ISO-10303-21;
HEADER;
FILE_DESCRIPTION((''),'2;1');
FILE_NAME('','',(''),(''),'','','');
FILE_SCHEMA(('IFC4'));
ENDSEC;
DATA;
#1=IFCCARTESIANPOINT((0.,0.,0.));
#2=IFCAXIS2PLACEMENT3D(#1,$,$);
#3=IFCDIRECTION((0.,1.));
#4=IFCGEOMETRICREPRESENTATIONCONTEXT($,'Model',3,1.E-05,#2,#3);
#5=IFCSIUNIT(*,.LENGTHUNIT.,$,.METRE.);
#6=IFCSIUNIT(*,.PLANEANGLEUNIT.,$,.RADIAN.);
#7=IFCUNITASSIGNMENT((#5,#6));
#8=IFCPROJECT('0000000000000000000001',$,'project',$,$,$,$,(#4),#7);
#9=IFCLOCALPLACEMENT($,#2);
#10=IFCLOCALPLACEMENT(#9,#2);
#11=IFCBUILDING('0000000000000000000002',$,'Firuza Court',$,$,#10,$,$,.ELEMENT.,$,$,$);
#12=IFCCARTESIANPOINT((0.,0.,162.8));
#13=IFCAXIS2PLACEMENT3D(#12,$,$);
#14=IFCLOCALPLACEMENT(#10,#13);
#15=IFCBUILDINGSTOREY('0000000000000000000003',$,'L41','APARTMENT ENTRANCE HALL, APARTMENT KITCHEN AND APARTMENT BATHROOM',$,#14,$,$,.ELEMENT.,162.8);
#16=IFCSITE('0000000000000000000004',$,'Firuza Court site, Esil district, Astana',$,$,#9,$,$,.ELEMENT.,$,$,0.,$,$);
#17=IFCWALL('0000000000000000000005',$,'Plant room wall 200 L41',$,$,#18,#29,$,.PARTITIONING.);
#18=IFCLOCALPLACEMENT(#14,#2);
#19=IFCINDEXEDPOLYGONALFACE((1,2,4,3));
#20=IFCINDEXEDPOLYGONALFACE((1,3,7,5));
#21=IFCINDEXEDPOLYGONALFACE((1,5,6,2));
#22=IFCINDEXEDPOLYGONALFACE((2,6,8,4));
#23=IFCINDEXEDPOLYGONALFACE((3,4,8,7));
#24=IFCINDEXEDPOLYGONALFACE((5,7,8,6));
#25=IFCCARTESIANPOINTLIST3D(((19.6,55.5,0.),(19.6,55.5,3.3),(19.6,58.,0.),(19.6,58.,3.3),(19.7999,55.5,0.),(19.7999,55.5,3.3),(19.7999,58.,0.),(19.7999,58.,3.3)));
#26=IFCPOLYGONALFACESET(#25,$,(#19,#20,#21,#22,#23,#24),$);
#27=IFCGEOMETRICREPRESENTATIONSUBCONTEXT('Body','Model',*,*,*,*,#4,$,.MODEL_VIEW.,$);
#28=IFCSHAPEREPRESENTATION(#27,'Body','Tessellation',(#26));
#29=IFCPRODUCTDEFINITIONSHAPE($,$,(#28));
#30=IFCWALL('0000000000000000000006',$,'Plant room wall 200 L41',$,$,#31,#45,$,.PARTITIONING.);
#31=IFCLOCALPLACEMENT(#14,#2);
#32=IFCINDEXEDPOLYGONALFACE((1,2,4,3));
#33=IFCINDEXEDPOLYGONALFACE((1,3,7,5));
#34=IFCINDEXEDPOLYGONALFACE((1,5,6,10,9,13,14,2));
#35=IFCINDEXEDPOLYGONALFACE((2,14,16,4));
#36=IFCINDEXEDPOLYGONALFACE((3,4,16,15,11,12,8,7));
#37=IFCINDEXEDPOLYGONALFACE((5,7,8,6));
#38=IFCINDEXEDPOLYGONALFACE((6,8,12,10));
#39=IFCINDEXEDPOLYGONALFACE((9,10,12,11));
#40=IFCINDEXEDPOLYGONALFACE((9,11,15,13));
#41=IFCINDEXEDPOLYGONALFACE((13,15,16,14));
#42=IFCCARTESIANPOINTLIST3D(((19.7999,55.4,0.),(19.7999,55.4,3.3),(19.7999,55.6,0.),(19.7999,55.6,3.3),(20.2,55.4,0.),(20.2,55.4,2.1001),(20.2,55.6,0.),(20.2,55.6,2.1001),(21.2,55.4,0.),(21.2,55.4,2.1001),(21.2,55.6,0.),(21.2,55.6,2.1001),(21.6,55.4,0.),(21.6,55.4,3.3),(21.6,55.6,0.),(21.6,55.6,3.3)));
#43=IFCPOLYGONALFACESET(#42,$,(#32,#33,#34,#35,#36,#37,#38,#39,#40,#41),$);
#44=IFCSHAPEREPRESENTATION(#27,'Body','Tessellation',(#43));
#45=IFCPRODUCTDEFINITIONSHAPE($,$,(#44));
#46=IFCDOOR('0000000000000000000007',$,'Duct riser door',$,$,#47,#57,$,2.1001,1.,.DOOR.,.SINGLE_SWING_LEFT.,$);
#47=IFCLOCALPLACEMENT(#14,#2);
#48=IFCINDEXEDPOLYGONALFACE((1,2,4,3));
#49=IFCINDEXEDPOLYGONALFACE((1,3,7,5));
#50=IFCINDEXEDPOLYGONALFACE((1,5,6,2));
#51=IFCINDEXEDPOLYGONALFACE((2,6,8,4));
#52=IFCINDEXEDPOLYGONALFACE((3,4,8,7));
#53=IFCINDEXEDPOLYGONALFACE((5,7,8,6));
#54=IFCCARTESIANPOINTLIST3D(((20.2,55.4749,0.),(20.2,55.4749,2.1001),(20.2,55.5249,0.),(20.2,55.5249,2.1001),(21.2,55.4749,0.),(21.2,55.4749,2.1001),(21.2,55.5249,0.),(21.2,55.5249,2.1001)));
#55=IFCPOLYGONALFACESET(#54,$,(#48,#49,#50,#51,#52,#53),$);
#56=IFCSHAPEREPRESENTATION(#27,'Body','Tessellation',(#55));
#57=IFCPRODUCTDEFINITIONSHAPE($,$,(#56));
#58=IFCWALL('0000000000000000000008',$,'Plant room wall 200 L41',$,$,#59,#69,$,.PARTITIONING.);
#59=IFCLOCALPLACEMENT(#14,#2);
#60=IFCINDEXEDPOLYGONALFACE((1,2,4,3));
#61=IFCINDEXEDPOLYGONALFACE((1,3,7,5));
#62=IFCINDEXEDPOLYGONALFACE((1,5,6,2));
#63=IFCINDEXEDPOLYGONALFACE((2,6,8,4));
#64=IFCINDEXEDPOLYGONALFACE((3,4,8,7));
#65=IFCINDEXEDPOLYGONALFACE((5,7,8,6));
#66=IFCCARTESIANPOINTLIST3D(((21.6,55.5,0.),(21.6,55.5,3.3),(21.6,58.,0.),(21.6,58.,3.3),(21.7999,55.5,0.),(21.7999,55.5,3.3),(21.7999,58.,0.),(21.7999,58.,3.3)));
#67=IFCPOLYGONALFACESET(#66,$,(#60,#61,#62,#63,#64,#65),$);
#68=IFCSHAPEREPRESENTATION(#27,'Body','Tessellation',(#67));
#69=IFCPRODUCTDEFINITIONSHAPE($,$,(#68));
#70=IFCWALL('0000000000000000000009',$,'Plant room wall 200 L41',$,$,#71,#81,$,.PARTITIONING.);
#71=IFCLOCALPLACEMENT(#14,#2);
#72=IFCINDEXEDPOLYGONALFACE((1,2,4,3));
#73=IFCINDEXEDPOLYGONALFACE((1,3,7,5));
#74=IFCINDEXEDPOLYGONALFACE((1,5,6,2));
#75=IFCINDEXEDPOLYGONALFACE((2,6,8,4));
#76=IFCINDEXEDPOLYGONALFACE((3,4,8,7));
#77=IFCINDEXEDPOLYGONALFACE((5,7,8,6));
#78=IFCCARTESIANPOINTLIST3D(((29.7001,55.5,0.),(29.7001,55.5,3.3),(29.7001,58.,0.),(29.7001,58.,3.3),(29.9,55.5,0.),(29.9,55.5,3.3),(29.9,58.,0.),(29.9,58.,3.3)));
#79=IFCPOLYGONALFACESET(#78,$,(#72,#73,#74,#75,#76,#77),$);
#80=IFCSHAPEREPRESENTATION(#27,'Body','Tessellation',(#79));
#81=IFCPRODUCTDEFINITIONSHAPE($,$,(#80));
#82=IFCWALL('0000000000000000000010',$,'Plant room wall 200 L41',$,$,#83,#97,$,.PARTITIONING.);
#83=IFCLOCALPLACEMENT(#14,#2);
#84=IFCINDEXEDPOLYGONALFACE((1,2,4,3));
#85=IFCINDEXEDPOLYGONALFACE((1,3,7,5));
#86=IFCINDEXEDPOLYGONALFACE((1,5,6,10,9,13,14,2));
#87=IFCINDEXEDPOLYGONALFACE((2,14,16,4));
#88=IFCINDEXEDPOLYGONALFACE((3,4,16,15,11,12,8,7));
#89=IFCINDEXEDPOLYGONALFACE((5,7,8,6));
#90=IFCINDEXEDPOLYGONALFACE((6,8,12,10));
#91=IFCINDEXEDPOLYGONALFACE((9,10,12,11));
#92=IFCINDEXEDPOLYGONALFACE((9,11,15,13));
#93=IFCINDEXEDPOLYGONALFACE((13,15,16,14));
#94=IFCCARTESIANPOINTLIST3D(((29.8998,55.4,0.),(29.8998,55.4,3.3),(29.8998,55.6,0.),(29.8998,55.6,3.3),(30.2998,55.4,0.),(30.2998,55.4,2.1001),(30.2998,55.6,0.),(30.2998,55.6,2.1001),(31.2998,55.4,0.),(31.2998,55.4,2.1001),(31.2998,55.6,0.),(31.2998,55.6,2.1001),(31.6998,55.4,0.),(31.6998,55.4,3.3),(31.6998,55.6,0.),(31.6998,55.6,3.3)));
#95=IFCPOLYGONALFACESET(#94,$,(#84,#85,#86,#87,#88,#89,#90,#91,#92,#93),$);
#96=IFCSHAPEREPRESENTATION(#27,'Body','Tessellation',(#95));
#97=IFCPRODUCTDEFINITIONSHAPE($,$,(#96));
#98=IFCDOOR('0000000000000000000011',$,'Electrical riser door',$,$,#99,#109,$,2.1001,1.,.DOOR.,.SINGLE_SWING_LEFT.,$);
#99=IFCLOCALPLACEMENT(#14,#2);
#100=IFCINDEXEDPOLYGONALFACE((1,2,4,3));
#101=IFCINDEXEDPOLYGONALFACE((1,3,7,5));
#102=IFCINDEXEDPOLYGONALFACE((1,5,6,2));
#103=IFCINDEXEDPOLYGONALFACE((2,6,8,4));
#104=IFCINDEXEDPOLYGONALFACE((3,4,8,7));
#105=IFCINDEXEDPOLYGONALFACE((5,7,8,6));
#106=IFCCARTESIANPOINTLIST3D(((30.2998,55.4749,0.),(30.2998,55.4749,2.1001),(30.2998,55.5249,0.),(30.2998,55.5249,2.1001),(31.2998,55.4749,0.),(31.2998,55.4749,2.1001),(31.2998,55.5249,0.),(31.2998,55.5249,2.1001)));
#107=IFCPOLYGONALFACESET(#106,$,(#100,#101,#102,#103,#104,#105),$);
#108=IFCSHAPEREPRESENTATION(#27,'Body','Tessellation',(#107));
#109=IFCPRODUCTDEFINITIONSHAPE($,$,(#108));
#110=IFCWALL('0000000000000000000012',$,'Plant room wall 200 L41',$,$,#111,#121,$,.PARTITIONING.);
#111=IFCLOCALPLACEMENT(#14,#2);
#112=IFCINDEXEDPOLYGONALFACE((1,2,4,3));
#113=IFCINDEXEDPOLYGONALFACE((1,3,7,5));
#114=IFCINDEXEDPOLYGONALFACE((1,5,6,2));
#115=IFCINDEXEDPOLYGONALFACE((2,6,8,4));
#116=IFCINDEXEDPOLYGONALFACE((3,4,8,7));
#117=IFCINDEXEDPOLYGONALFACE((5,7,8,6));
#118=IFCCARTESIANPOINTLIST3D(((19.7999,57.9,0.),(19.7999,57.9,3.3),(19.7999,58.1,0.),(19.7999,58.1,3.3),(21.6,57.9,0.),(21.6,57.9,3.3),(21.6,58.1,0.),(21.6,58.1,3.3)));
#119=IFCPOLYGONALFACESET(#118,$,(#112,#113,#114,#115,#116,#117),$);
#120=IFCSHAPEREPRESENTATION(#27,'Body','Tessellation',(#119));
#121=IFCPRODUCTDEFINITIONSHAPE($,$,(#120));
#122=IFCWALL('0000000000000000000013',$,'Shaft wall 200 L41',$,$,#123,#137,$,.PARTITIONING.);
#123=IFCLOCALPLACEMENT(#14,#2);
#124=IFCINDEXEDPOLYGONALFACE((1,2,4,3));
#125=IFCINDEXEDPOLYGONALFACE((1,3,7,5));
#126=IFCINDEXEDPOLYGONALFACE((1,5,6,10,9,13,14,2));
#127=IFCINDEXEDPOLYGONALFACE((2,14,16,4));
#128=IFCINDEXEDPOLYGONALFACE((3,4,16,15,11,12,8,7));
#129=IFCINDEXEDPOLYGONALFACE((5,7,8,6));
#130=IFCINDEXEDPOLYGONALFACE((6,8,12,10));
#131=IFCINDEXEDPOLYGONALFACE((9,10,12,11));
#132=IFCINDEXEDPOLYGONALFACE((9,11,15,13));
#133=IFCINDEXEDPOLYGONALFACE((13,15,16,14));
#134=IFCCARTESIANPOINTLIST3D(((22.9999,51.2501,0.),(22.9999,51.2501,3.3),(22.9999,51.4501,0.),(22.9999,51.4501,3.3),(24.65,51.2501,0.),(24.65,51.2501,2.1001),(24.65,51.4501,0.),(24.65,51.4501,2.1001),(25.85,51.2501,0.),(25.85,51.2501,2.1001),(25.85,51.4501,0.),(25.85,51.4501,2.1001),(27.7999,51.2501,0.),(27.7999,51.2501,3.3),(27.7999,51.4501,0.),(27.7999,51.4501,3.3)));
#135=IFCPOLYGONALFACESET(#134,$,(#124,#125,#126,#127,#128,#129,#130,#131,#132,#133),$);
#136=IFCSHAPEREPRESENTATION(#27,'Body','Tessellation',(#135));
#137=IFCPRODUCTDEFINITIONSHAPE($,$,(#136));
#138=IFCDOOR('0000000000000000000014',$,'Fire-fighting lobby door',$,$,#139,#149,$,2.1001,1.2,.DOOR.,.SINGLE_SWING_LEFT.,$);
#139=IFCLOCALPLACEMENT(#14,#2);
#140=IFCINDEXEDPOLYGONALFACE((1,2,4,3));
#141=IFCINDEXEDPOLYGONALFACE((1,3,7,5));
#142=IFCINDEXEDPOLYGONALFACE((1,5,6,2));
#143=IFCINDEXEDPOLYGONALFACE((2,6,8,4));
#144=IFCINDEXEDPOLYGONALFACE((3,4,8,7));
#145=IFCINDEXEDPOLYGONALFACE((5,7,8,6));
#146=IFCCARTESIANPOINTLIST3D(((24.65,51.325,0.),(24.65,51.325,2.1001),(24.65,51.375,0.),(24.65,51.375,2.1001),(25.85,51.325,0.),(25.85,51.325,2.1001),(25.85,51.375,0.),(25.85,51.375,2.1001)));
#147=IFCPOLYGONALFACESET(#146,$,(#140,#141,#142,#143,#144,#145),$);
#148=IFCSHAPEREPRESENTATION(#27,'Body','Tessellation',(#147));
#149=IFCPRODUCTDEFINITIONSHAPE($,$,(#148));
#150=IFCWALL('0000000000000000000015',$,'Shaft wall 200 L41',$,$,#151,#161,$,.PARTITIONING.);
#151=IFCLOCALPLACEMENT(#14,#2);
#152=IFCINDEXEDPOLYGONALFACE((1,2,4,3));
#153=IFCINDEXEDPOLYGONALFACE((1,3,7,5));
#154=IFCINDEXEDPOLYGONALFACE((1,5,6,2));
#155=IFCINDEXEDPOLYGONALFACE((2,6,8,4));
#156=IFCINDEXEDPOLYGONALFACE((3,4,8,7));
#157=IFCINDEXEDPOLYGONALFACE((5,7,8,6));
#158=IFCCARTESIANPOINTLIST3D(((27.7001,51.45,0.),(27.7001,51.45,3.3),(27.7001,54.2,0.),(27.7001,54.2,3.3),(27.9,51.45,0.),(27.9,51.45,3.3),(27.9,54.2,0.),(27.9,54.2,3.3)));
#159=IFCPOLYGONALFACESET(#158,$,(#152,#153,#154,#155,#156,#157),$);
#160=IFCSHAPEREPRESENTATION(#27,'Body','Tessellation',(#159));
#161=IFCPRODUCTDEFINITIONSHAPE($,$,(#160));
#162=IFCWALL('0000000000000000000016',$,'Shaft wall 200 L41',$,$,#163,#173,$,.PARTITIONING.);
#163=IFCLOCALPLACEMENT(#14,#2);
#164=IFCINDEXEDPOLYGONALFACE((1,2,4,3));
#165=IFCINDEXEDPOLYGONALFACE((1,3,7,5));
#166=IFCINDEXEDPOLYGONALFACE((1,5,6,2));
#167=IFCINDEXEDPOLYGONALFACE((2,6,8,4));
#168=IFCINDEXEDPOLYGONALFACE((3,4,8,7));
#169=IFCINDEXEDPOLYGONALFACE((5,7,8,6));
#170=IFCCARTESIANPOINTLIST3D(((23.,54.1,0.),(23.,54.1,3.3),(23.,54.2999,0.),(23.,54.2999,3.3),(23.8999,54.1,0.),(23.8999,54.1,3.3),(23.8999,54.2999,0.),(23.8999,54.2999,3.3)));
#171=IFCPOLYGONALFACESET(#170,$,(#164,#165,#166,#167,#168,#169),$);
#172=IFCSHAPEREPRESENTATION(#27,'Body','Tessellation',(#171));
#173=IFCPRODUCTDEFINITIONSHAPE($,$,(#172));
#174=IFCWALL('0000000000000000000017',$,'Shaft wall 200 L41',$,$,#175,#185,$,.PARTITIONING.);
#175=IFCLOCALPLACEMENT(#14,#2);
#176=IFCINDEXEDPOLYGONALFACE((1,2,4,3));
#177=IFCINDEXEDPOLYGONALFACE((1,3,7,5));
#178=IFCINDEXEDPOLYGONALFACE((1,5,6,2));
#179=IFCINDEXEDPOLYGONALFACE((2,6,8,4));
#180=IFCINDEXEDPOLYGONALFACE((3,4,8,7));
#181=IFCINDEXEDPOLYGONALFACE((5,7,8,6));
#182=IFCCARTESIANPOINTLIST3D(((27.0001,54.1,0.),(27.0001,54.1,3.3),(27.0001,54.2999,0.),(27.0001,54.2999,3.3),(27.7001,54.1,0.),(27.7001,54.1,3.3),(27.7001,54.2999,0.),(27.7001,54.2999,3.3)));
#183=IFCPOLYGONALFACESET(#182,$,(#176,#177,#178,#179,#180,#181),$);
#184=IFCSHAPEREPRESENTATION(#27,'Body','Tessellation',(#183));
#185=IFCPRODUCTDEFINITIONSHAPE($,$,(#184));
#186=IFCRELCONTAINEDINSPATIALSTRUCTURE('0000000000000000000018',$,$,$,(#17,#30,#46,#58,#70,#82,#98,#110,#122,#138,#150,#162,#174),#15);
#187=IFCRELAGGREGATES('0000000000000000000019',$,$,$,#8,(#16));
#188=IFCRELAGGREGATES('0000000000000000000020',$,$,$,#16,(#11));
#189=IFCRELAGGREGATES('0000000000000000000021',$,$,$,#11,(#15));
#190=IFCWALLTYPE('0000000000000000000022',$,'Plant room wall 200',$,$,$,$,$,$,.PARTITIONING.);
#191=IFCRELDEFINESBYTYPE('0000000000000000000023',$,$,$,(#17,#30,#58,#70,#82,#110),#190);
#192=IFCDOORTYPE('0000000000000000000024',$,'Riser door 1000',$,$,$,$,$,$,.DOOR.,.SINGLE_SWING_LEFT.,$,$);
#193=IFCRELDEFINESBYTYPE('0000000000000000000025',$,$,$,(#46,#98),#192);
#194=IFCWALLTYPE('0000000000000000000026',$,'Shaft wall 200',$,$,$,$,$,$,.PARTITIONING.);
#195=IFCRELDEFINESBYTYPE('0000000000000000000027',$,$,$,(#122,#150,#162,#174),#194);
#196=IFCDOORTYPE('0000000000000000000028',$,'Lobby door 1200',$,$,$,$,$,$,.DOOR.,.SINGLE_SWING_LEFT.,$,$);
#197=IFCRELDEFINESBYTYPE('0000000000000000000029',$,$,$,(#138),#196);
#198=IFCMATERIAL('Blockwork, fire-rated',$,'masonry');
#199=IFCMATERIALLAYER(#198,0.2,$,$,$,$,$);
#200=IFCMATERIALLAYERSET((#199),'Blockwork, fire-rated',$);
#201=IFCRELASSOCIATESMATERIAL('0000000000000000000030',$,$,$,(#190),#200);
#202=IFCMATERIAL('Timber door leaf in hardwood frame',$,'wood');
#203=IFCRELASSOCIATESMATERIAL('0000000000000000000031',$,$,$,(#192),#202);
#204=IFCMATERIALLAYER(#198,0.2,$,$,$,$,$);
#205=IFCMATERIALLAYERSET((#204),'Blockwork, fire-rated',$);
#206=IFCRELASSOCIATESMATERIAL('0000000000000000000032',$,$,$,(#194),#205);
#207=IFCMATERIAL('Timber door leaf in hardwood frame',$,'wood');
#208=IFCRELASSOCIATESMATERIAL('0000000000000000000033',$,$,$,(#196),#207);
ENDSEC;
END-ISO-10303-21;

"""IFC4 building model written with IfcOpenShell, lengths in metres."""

from ifc_helpers import new_model, si_unit, direction, frame, frame_2d, origin, place, context, subcontext, project, spatial, rectangle, extrude, material, layer, layer_set, type_object, element, fill, save


model = new_model("IFC4")

# Units and contexts
model_context = context("Model", 3, precision=1e-05, world=origin(), true_north=direction((0.0, 1.0)))
body_context = subcontext(model_context, "Body", "Model", "MODEL_VIEW")
ifc_project = project(units=[si_unit("LENGTHUNIT", "METRE"), si_unit("PLANEANGLEUNIT", "RADIAN")], contexts=[model_context])

# Site, building, storey
site_placement = place(None, origin())
site = spatial("IfcSite", under=ifc_project, at=site_placement, Name="Firuza Court site, Esil district, Astana", CompositionType="ELEMENT", RefElevation=0.0)
building_placement = place(site_placement, origin())
building = spatial("IfcBuilding", under=site, at=building_placement, Name="Firuza Court", CompositionType="ELEMENT")
storey_placement = place(building_placement, frame((0.0, 0.0, 162.8)))
storey = spatial("IfcBuildingStorey", under=building, at=storey_placement, Name="L41", Description="APARTMENT ENTRANCE HALL, APARTMENT KITCHEN AND APARTMENT BATHROOM", CompositionType="ELEMENT", Elevation=162.8)

# Wall
ifc_material_1 = material(Name="Blockwork, fire-rated", Category="masonry")
ifc_layer_1 = layer(ifc_material_1, 0.2)
ifc_layer_set_1 = layer_set([ifc_layer_1], Name="Blockwork, fire-rated")
wall_type_1 = type_object("IfcWallType", Name="Plant room wall 200", PredefinedType="PARTITIONING", material=ifc_layer_set_1)
wall_1_placement = place(storey_placement, frame((19.7, 55.5, 0.0), z_axis=(0.0, 0.0, 1.0), x_axis=(0.0, 1.0, 0.0)))
element("IfcWall", 1, at=wall_1_placement, inside=storey, type_object=wall_type_1, Name="Plant room wall 200 L41", PredefinedType="PARTITIONING", context=body_context, shape_type="SweptSolid", body=[
    extrude(rectangle(XDim=2.5, YDim=0.2, at=frame_2d((1.25, 0.0))), origin(), (0.0, 0.0, 1.0), 3.3),
])

# Wall, opening, door
wall_2_placement = place(storey_placement, frame((19.8, 55.5, 0.0), z_axis=(0.0, 0.0, 1.0), x_axis=(1.0, 0.0, 0.0)))
wall_2 = element("IfcWall", 2, at=wall_2_placement, inside=storey, type_object=wall_type_1, Name="Plant room wall 200 L41", PredefinedType="PARTITIONING", context=body_context, shape_type="SweptSolid", body=[
    extrude(rectangle(XDim=1.8, YDim=0.2, at=frame_2d((0.8999, 0.0))), origin(), (0.0, 0.0, 1.0), 3.3),
])
opening_1_placement = place(wall_2_placement, frame((0.3999, 0.0, 0.0)))
opening_1 = element("IfcOpeningElement", 3, at=opening_1_placement, cuts=wall_2, PredefinedType="OPENING", context=body_context, shape_type="SweptSolid", body=[
    extrude(rectangle(XDim=1.0, YDim=2.1001, at=frame_2d((0.5, 1.05))), frame((0.0, 0.1118, 0.0), z_axis=(0.0, -1.0, 0.0), x_axis=(1.0, 0.0, 0.0)), (0.0, 0.0, 1.0), 0.2239),
])
ifc_material_2 = material(Name="Timber door leaf in hardwood frame", Category="wood")
door_type_1 = type_object("IfcDoorType", Name="Riser door 1000", OperationType="SINGLE_SWING_LEFT", PredefinedType="DOOR", material=ifc_material_2)
door_1_placement = place(opening_1_placement, origin())
door_1 = element("IfcDoor", 4, at=door_1_placement, inside=storey, type_object=door_type_1, Name="Duct riser door", OperationType="SINGLE_SWING_LEFT", OverallHeight=2.1001, OverallWidth=1.0, PredefinedType="DOOR", context=body_context, shape_type="SweptSolid", body=[
    extrude(rectangle(XDim=1.0, YDim=2.1001, at=frame_2d((0.5, 1.05))), frame((0.0, 0.0249, 0.0), z_axis=(0.0, -1.0, 0.0), x_axis=(1.0, 0.0, 0.0)), (0.0, 0.0, 1.0), 0.05),
])
fill(opening_1, door_1)

# Walls
for number, where, z_axis, x_axis, name in (
    (5, (21.7, 55.5, 0.0), (0.0, 0.0, 1.0), (0.0, 1.0, 0.0), "Plant room wall 200 L41"),
    (6, (29.8, 55.5, 0.0), (0.0, 0.0, 1.0), (0.0, 1.0, 0.0), "Plant room wall 200 L41"),
):
    element("IfcWall", number, at=place(storey_placement, frame(where, z_axis=z_axis, x_axis=x_axis)), inside=storey, type_object=wall_type_1, Name=name, PredefinedType="PARTITIONING", context=body_context, shape_type="SweptSolid", body=[
        extrude(rectangle(XDim=2.5, YDim=0.2, at=frame_2d((1.25, 0.0))), origin(), (0.0, 0.0, 1.0), 3.3),
    ])

# Wall, opening, door
wall_3_placement = place(storey_placement, frame((29.8999, 55.5, 0.0), z_axis=(0.0, 0.0, 1.0), x_axis=(1.0, 0.0, 0.0)))
wall_3 = element("IfcWall", 7, at=wall_3_placement, inside=storey, type_object=wall_type_1, Name="Plant room wall 200 L41", PredefinedType="PARTITIONING", context=body_context, shape_type="SweptSolid", body=[
    extrude(rectangle(XDim=1.8, YDim=0.2, at=frame_2d((0.8999, 0.0))), origin(), (0.0, 0.0, 1.0), 3.3),
])
opening_2_placement = place(wall_3_placement, frame((0.3999, 0.0, 0.0)))
opening_2 = element("IfcOpeningElement", 8, at=opening_2_placement, cuts=wall_3, PredefinedType="OPENING", context=body_context, shape_type="SweptSolid", body=[
    extrude(rectangle(XDim=1.0, YDim=2.1001, at=frame_2d((0.5, 1.05))), frame((0.0, 0.1118, 0.0), z_axis=(0.0, -1.0, 0.0), x_axis=(1.0, 0.0, 0.0)), (0.0, 0.0, 1.0), 0.2239),
])
door_2_placement = place(opening_2_placement, origin())
door_2 = element("IfcDoor", 9, at=door_2_placement, inside=storey, type_object=door_type_1, Name="Electrical riser door", OperationType="SINGLE_SWING_LEFT", OverallHeight=2.1001, OverallWidth=1.0, PredefinedType="DOOR", context=body_context, shape_type="SweptSolid", body=[
    extrude(rectangle(XDim=1.0, YDim=2.1001, at=frame_2d((0.5, 1.05))), frame((0.0, 0.0249, 0.0), z_axis=(0.0, -1.0, 0.0), x_axis=(1.0, 0.0, 0.0)), (0.0, 0.0, 1.0), 0.05),
])
fill(opening_2, door_2)

# Wall
wall_4_placement = place(storey_placement, frame((19.8, 58.0, 0.0), z_axis=(0.0, 0.0, 1.0), x_axis=(1.0, 0.0, 0.0)))
element("IfcWall", 10, at=wall_4_placement, inside=storey, type_object=wall_type_1, Name="Plant room wall 200 L41", PredefinedType="PARTITIONING", context=body_context, shape_type="SweptSolid", body=[
    extrude(rectangle(XDim=1.8, YDim=0.2, at=frame_2d((0.8999, 0.0))), origin(), (0.0, 0.0, 1.0), 3.3),
])

# Wall, opening, door
ifc_layer_2 = layer(ifc_material_1, 0.2)
ifc_layer_set_2 = layer_set([ifc_layer_2], Name="Blockwork, fire-rated")
wall_type_2 = type_object("IfcWallType", Name="Shaft wall 200", PredefinedType="PARTITIONING", material=ifc_layer_set_2)
wall_5_placement = place(storey_placement, frame((23.0, 51.3501, 0.0), z_axis=(0.0, 0.0, 1.0), x_axis=(1.0, 0.0, 0.0)))
wall_5 = element("IfcWall", 11, at=wall_5_placement, inside=storey, type_object=wall_type_2, Name="Shaft wall 200 L41", PredefinedType="PARTITIONING", context=body_context, shape_type="SweptSolid", body=[
    extrude(rectangle(XDim=4.8, YDim=0.2, at=frame_2d((2.3999, 0.0))), origin(), (0.0, 0.0, 1.0), 3.3),
])
opening_3_placement = place(wall_5_placement, frame((1.6499, 0.0, 0.0)))
opening_3 = element("IfcOpeningElement", 12, at=opening_3_placement, cuts=wall_5, PredefinedType="OPENING", context=body_context, shape_type="SweptSolid", body=[
    extrude(rectangle(XDim=1.2, YDim=2.1001, at=frame_2d((0.6001, 1.05))), frame((0.0, 0.1118, 0.0), z_axis=(0.0, -1.0, 0.0), x_axis=(1.0, 0.0, 0.0)), (0.0, 0.0, 1.0), 0.2239),
])
ifc_material_3 = material(Name="Timber door leaf in hardwood frame", Category="wood")
door_type_2 = type_object("IfcDoorType", Name="Lobby door 1200", OperationType="SINGLE_SWING_LEFT", PredefinedType="DOOR", material=ifc_material_3)
door_3_placement = place(opening_3_placement, origin())
door_3 = element("IfcDoor", 13, at=door_3_placement, inside=storey, type_object=door_type_2, Name="Fire-fighting lobby door", OperationType="SINGLE_SWING_LEFT", OverallHeight=2.1001, OverallWidth=1.2, PredefinedType="DOOR", context=body_context, shape_type="SweptSolid", body=[
    extrude(rectangle(XDim=1.2, YDim=2.1001, at=frame_2d((0.6001, 1.05))), frame((0.0, 0.0249, 0.0), z_axis=(0.0, -1.0, 0.0), x_axis=(1.0, 0.0, 0.0)), (0.0, 0.0, 1.0), 0.05),
])
fill(opening_3, door_3)

# Walls
wall_6_placement = place(storey_placement, frame((27.8, 51.45, 0.0), z_axis=(0.0, 0.0, 1.0), x_axis=(0.0, 1.0, 0.0)))
element("IfcWall", 14, at=wall_6_placement, inside=storey, type_object=wall_type_2, Name="Shaft wall 200 L41", PredefinedType="PARTITIONING", context=body_context, shape_type="SweptSolid", body=[
    extrude(rectangle(XDim=2.75, YDim=0.2, at=frame_2d((1.375, 0.0))), origin(), (0.0, 0.0, 1.0), 3.3),
])
wall_7_placement = place(storey_placement, frame((23.0, 54.2, 0.0), z_axis=(0.0, 0.0, 1.0), x_axis=(1.0, 0.0, 0.0)))
element("IfcWall", 15, at=wall_7_placement, inside=storey, type_object=wall_type_2, Name="Shaft wall 200 L41", PredefinedType="PARTITIONING", context=body_context, shape_type="SweptSolid", body=[
    extrude(rectangle(XDim=0.8999, YDim=0.2, at=frame_2d((0.45, 0.0))), origin(), (0.0, 0.0, 1.0), 3.3),
])
wall_8_placement = place(storey_placement, frame((27.0, 54.2, 0.0), z_axis=(0.0, 0.0, 1.0), x_axis=(1.0, 0.0, 0.0)))
element("IfcWall", 16, at=wall_8_placement, inside=storey, type_object=wall_type_2, Name="Shaft wall 200 L41", PredefinedType="PARTITIONING", context=body_context, shape_type="SweptSolid", body=[
    extrude(rectangle(XDim=0.7, YDim=0.2, at=frame_2d((0.3501, 0.0))), origin(), (0.0, 0.0, 1.0), 3.3),
])

save(model, "model.ifc")
